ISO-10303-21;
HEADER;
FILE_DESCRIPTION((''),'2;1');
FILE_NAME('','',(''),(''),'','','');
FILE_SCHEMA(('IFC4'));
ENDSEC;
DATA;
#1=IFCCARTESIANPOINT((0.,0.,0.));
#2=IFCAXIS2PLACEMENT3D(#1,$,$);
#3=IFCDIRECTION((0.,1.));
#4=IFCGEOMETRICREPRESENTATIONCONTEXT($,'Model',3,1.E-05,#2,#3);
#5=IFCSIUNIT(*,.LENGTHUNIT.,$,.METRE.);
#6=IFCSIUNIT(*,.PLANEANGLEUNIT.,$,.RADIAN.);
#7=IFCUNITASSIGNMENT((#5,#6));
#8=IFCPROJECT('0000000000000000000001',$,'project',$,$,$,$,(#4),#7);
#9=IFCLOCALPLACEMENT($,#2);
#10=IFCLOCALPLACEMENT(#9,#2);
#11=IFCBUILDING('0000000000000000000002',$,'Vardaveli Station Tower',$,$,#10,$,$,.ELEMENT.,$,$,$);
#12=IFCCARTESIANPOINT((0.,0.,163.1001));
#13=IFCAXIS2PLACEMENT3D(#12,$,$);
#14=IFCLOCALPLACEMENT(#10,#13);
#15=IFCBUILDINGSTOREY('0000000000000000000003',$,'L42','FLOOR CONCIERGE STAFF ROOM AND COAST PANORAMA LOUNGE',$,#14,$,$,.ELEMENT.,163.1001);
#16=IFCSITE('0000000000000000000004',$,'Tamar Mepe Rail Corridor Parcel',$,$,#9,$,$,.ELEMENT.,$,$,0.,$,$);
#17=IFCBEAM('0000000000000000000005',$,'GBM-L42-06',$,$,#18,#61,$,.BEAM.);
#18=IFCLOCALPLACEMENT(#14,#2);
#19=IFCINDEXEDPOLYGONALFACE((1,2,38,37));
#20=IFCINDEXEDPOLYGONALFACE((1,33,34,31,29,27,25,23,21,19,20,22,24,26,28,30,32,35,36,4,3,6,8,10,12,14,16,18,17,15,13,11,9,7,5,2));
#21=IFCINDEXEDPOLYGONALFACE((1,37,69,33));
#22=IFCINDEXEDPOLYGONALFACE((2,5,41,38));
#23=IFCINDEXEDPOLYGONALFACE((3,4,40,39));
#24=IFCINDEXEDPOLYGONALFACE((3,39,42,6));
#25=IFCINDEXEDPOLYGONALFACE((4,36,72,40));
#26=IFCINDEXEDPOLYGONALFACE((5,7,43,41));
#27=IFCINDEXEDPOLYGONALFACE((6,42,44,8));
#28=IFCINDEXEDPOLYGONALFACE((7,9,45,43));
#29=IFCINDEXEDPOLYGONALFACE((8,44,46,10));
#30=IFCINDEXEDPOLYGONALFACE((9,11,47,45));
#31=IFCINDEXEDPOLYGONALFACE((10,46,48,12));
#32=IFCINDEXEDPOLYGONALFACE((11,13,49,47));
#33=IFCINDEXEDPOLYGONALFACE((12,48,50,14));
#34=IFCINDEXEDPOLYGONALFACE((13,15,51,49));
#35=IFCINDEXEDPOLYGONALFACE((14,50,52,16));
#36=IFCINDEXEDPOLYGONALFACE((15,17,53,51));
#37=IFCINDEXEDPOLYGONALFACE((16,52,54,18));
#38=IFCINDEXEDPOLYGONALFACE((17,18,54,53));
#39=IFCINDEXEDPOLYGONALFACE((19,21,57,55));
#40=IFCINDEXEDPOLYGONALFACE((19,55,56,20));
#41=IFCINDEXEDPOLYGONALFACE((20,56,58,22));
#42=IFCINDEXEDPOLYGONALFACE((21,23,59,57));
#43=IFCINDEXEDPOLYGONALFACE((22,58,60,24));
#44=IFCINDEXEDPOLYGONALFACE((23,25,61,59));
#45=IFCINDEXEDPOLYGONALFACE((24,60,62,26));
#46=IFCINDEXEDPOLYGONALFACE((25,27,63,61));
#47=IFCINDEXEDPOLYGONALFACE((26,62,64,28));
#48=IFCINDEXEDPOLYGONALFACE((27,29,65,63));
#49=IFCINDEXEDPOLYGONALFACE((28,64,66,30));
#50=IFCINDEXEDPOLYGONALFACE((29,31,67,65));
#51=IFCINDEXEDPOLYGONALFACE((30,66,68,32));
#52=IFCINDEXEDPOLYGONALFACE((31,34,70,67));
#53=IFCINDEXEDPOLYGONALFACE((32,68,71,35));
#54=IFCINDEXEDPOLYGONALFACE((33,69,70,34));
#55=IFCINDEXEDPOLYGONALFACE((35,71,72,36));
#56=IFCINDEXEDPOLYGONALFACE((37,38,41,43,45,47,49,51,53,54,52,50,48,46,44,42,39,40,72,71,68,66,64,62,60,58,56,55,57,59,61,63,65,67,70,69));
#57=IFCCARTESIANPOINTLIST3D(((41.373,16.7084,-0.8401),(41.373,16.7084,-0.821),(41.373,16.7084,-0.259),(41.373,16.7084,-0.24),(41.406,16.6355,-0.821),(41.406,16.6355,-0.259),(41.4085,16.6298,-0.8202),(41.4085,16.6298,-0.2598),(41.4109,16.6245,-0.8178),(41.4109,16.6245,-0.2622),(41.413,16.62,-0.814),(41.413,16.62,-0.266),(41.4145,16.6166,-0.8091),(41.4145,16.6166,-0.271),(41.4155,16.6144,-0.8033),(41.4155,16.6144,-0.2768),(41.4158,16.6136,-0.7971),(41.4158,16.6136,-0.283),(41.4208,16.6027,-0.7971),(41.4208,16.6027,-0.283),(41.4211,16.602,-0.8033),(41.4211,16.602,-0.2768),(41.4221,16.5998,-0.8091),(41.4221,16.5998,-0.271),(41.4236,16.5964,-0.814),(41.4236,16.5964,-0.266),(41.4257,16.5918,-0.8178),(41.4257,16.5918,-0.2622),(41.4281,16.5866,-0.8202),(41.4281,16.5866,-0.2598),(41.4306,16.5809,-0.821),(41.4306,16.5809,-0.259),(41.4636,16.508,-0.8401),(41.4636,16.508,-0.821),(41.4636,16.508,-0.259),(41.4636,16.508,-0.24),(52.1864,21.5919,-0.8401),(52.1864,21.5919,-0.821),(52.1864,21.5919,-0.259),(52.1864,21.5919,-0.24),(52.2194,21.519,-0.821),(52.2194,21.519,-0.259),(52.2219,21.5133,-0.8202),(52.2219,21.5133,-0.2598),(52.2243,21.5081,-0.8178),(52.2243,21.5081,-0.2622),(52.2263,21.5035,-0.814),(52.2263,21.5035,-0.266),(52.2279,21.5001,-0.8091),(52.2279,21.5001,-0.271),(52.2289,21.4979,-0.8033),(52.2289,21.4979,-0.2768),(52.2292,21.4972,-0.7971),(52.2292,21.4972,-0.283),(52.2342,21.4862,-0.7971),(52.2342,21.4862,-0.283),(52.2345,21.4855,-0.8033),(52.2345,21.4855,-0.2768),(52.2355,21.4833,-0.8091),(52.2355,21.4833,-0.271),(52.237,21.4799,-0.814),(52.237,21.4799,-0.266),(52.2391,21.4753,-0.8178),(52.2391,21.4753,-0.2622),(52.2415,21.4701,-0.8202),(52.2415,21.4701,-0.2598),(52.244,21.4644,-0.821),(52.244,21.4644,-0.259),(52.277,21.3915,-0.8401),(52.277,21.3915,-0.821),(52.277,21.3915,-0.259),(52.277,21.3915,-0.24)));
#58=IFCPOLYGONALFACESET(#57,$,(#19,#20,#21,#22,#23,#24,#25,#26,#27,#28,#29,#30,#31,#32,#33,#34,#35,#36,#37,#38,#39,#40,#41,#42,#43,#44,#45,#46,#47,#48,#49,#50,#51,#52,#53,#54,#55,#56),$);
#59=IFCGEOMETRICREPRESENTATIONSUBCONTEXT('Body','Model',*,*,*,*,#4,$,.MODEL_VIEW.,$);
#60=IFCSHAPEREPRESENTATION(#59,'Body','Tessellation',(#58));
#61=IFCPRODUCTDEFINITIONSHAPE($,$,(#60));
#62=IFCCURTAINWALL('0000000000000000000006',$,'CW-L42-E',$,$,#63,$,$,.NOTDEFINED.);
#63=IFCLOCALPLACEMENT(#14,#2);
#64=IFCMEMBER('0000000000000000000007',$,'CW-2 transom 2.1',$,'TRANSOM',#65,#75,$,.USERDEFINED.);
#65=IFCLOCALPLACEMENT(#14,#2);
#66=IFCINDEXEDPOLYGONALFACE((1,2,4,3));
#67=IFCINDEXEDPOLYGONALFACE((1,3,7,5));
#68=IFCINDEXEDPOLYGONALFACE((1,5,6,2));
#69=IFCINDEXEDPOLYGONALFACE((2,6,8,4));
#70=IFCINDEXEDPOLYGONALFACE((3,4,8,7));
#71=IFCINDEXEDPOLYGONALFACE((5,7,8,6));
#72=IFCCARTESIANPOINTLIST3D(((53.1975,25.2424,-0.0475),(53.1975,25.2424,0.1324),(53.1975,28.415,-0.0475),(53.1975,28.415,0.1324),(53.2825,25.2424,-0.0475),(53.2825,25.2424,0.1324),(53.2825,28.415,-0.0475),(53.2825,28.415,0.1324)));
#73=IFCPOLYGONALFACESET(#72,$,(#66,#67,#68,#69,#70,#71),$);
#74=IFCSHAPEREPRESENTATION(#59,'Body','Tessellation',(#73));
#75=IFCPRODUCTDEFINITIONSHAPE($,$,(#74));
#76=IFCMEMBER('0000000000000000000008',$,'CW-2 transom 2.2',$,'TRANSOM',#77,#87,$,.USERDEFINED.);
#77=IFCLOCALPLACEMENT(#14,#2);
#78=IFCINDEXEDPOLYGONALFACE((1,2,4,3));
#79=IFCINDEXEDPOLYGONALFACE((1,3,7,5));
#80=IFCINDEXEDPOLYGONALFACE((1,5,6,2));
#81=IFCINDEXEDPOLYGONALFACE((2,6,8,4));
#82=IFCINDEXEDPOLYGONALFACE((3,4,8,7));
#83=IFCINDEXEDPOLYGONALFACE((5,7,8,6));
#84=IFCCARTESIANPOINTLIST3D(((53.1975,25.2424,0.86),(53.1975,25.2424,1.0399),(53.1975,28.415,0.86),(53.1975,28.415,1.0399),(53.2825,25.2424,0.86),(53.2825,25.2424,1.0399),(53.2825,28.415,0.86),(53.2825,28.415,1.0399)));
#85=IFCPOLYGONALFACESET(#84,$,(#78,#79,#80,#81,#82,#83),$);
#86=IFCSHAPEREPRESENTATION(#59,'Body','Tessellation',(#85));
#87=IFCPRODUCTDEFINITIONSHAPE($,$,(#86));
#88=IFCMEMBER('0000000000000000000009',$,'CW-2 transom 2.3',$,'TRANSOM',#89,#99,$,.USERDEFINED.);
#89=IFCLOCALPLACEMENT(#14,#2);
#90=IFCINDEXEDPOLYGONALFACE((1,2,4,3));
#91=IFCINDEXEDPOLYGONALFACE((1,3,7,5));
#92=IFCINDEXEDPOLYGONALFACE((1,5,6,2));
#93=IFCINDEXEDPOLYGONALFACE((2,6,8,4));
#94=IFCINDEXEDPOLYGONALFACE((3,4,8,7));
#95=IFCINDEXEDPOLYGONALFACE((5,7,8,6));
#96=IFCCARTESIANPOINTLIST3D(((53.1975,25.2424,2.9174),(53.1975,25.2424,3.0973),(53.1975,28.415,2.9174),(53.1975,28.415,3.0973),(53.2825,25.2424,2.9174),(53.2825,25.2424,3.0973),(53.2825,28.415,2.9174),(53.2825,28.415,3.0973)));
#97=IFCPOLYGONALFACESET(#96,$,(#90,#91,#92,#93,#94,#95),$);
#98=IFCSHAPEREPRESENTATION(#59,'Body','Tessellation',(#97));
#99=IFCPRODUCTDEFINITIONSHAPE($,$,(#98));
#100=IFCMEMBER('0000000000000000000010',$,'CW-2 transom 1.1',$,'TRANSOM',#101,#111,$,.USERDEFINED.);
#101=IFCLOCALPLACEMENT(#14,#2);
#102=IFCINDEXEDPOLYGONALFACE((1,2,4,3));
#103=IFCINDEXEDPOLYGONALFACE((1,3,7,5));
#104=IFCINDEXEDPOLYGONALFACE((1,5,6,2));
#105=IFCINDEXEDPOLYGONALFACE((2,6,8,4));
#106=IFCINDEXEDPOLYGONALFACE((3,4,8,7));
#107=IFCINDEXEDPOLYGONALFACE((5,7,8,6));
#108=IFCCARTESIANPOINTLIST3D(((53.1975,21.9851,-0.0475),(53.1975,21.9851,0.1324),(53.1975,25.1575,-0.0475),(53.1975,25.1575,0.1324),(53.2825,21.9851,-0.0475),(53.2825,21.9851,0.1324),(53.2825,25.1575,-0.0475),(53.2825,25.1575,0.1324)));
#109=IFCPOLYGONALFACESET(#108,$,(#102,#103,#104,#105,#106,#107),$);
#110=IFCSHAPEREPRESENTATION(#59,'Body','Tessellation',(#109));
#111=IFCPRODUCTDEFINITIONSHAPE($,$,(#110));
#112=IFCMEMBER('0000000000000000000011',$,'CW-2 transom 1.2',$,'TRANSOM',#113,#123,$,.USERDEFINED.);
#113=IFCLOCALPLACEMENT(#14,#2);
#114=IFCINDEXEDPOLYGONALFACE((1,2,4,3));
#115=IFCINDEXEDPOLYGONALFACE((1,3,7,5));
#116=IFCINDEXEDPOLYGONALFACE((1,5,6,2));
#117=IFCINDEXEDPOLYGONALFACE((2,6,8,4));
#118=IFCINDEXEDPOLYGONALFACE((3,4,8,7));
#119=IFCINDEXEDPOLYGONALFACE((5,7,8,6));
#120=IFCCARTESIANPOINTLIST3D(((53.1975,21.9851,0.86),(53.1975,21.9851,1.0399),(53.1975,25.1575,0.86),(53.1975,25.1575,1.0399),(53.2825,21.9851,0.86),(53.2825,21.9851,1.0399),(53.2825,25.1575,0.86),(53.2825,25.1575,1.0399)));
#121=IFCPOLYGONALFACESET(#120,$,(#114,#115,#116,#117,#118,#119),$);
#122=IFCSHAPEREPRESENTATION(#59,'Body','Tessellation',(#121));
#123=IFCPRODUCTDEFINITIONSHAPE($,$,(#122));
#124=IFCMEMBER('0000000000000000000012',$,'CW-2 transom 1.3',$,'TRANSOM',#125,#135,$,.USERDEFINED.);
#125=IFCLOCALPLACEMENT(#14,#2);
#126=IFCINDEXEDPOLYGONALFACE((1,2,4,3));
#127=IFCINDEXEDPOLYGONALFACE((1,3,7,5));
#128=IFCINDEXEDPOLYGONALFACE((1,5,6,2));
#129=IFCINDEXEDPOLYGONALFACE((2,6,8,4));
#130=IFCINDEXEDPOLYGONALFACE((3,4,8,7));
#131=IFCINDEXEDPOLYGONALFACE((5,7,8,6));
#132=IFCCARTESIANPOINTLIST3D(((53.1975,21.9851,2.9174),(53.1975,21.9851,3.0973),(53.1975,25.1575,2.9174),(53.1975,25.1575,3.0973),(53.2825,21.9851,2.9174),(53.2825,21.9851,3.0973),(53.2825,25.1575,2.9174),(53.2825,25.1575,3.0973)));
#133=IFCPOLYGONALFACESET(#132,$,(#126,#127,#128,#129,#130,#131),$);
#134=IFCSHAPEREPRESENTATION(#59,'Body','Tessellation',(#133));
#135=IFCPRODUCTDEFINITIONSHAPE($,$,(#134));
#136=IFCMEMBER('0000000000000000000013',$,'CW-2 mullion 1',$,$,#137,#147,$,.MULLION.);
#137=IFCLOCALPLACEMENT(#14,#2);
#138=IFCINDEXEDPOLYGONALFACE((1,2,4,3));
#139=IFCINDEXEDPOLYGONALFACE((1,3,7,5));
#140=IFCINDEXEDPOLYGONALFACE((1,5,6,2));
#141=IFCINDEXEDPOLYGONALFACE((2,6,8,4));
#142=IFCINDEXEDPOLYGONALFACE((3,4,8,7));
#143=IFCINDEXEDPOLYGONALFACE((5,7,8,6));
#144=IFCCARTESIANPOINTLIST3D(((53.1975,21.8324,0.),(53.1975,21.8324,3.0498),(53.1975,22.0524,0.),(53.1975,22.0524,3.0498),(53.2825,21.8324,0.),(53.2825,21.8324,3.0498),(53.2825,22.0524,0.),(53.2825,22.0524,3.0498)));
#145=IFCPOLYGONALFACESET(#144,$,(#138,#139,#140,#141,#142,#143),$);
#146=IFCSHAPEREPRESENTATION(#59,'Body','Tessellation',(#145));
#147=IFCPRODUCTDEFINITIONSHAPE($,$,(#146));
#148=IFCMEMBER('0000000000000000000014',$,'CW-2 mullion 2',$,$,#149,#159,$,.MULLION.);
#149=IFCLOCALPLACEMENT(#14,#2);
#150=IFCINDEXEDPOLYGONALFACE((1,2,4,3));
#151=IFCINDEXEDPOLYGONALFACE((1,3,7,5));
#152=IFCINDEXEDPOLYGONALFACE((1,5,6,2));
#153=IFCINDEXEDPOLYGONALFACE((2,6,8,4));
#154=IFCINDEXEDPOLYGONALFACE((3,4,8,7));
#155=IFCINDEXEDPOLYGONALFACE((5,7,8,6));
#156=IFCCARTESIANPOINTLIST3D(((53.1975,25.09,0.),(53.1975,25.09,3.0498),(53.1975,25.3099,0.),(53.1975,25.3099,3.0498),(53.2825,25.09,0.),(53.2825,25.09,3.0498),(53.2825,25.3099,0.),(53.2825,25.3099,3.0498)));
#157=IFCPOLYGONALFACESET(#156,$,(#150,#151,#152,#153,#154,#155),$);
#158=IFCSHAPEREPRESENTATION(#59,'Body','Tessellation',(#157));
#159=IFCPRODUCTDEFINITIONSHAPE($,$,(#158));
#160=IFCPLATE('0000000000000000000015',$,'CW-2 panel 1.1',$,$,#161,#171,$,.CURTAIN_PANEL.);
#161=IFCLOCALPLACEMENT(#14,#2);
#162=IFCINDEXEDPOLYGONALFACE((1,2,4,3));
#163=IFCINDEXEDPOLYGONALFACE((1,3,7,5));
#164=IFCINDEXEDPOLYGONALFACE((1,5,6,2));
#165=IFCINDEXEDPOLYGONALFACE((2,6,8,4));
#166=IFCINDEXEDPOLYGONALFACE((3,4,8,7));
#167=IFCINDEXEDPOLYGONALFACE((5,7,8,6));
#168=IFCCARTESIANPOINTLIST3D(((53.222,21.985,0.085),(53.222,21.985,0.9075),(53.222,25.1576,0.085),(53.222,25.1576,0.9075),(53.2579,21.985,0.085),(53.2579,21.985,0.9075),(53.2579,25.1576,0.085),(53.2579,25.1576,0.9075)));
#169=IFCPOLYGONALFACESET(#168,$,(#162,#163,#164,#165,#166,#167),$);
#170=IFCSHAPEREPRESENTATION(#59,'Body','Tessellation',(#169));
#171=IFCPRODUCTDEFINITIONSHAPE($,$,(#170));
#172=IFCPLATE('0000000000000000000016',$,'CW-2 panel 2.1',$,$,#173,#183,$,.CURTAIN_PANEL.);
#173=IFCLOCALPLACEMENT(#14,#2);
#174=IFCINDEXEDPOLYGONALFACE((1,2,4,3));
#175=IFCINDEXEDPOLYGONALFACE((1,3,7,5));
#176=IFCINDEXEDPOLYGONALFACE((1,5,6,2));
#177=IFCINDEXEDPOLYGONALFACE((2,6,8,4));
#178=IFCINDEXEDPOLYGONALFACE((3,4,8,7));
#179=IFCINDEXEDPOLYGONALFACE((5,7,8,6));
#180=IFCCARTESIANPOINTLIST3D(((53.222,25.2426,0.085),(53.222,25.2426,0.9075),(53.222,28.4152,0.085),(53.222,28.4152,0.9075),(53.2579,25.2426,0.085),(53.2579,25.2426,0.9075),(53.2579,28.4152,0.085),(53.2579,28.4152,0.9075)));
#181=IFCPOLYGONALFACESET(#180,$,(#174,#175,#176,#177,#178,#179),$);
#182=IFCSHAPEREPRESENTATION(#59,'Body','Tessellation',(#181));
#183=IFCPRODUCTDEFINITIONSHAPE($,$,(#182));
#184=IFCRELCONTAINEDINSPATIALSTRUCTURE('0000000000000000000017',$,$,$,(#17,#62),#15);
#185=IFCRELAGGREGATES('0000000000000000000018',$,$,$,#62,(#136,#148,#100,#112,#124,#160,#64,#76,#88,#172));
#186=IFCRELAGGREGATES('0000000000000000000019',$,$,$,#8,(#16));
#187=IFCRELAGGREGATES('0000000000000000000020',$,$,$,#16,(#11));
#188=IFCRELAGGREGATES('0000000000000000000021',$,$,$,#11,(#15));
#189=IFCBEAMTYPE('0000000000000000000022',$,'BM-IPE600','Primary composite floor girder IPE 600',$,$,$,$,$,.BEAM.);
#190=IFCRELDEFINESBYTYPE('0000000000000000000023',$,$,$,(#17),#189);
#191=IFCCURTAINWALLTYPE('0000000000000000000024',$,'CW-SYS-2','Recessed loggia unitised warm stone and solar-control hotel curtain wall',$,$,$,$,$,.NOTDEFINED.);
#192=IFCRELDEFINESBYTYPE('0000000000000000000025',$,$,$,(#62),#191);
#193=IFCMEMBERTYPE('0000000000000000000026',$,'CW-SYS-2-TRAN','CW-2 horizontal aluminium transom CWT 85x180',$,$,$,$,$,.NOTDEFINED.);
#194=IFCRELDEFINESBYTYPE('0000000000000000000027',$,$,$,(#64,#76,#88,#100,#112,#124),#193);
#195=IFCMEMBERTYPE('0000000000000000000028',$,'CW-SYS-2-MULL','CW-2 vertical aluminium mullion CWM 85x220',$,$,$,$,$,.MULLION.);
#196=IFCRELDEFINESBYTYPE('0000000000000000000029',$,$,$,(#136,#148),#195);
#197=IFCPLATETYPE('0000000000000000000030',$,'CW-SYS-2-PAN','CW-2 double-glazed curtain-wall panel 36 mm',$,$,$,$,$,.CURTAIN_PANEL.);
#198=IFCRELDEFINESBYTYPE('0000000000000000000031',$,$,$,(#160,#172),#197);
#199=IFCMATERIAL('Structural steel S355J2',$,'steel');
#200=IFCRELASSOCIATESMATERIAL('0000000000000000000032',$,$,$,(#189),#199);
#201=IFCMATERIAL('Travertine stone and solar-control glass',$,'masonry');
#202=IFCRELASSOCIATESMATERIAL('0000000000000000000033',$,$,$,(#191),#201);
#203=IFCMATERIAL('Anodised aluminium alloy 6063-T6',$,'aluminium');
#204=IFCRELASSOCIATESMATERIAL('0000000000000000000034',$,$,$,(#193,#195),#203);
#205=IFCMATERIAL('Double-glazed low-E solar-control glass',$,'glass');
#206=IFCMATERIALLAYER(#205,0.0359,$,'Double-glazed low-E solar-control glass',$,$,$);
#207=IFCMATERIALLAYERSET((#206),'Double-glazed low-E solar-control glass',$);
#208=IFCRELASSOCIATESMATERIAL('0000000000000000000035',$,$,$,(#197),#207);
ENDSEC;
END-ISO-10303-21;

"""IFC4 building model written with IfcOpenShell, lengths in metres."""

from ifc_helpers import new_model, si_unit, direction, frame, origin, origin_2d, place, context, subcontext, project, spatial, rectangle, i_section, extrude, source, transform, mapped, material, layer, layer_set, material_profile, profile_set, type_object, element, aggregate, save


model = new_model("IFC4")

# Units and contexts
model_context = context("Model", 3, precision=1e-05, world=origin(), true_north=direction((0.0, 1.0)))
body_context = subcontext(model_context, "Body", "Model", "MODEL_VIEW")
ifc_project = project(units=[si_unit("LENGTHUNIT", "METRE"), si_unit("PLANEANGLEUNIT", "RADIAN")], contexts=[model_context])

# Site, building, storey
site_placement = place(None, origin())
site = spatial("IfcSite", under=ifc_project, at=site_placement, Name="Tamar Mepe Rail Corridor Parcel", CompositionType="ELEMENT", RefElevation=0.0)
building_placement = place(site_placement, origin())
building = spatial("IfcBuilding", under=site, at=building_placement, Name="Vardaveli Station Tower", CompositionType="ELEMENT")
storey_placement = place(building_placement, frame((0.0, 0.0, 163.1001)))
storey = spatial("IfcBuildingStorey", under=building, at=storey_placement, Name="L42", Description="FLOOR CONCIERGE STAFF ROOM AND COAST PANORAMA LOUNGE", CompositionType="ELEMENT", Elevation=163.1001)

# Beam
ifc_material_1 = material(Name="Structural steel S355J2", Category="steel")
ifc_material_profile_1 = material_profile(ifc_material_1, i_section(OverallWidth=0.22, OverallDepth=0.6001, WebThickness=0.012, FlangeThickness=0.019, FilletRadius=0.0239, at=origin_2d()), Name="IPE 600")
ifc_profile_set_1 = profile_set([ifc_material_profile_1], Name="Structural steel S355J2")
beam_type_1 = type_object("IfcBeamType", Name="BM-IPE600", Description="Primary composite floor girder IPE 600", PredefinedType="BEAM", material=ifc_profile_set_1)
shared_shape_1 = source(origin(), body_context, "Body", "SweptSolid", [
    extrude(i_section(OverallWidth=0.22, OverallDepth=0.6001, WebThickness=0.012, FlangeThickness=0.019, FilletRadius=0.0239, at=origin_2d()), origin(), (0.0, 0.0, 1.0), 11.865),
])
beam_1_placement = place(storey_placement, frame((52.2317, 21.4917, -0.54), z_axis=(-0.911369, -0.411589, 0.0), x_axis=(0.411589, -0.911369, 0.0)))
element("IfcBeam", 1, at=beam_1_placement, inside=storey, type_object=beam_type_1, Name="GBM-L42-06", PredefinedType="BEAM", context=body_context, shape_type="MappedRepresentation", body=[
    mapped(shared_shape_1, transform((0.0, 0.0, 0.0), scale=1.0)),
])

# Curtain wall, members, plates
ifc_material_2 = material(Name="Travertine stone and solar-control glass", Category="masonry")
curtain_wall_type = type_object("IfcCurtainWallType", Name="CW-SYS-2", Description="Recessed loggia unitised warm stone and solar-control hotel curtain wall", PredefinedType="NOTDEFINED", material=ifc_material_2)
curtain_wall_placement = place(storey_placement, origin())
curtain_wall = element("IfcCurtainWall", 2, at=curtain_wall_placement, inside=storey, type_object=curtain_wall_type, Name="CW-L42-E", PredefinedType="NOTDEFINED")
ifc_material_3 = material(Name="Anodised aluminium alloy 6063-T6", Category="aluminium")
ifc_material_profile_2 = material_profile(ifc_material_3, rectangle(XDim=0.085, YDim=0.1799, at=origin_2d()), Name="CWT 85x180")
ifc_profile_set_2 = profile_set([ifc_material_profile_2], Name="Anodised aluminium alloy 6063-T6")
member_type_1 = type_object("IfcMemberType", Name="CW-SYS-2-TRAN", Description="CW-2 horizontal aluminium transom CWT 85x180", PredefinedType="NOTDEFINED", material=ifc_profile_set_2)
shared_shape_2 = source(origin(), body_context, "Body", "SweptSolid", [
    extrude(rectangle(XDim=0.085, YDim=0.1799, at=origin_2d()), origin(), (0.0, 0.0, 1.0), 3.1726),
])
member_1_placement = place(storey_placement, frame((53.24, 25.2424, 0.0425), z_axis=(0.0, 1.0, 0.0), x_axis=(-1.0, 0.0, 0.0)))
member_1 = element("IfcMember", 3, at=member_1_placement, type_object=member_type_1, Name="CW-2 transom 2.1", ObjectType="TRANSOM", PredefinedType="USERDEFINED", context=body_context, shape_type="MappedRepresentation", body=[
    mapped(shared_shape_2, transform((0.0, 0.0, 0.0), scale=1.0)),
])
member_2_placement = place(storey_placement, frame((53.24, 25.2424, 0.95), z_axis=(0.0, 1.0, 0.0), x_axis=(-1.0, 0.0, 0.0)))
member_2 = element("IfcMember", 4, at=member_2_placement, type_object=member_type_1, Name="CW-2 transom 2.2", ObjectType="TRANSOM", PredefinedType="USERDEFINED", context=body_context, shape_type="MappedRepresentation", body=[
    mapped(shared_shape_2, transform((0.0, 0.0, 0.0), scale=1.0)),
])
member_3_placement = place(storey_placement, frame((53.24, 25.2424, 3.0073), z_axis=(0.0, 1.0, 0.0), x_axis=(-1.0, 0.0, 0.0)))
member_3 = element("IfcMember", 5, at=member_3_placement, type_object=member_type_1, Name="CW-2 transom 2.3", ObjectType="TRANSOM", PredefinedType="USERDEFINED", context=body_context, shape_type="MappedRepresentation", body=[
    mapped(shared_shape_2, transform((0.0, 0.0, 0.0), scale=1.0)),
])
shared_shape_3 = source(origin(), body_context, "Body", "SweptSolid", [
    extrude(rectangle(XDim=0.085, YDim=0.1799, at=origin_2d()), origin(), (0.0, 0.0, 1.0), 3.1724),
])
member_4_placement = place(storey_placement, frame((53.24, 21.9851, 0.0425), z_axis=(0.0, 1.0, 0.0), x_axis=(-1.0, 0.0, 0.0)))
member_4 = element("IfcMember", 6, at=member_4_placement, type_object=member_type_1, Name="CW-2 transom 1.1", ObjectType="TRANSOM", PredefinedType="USERDEFINED", context=body_context, shape_type="MappedRepresentation", body=[
    mapped(shared_shape_3, transform((0.0, 0.0, 0.0), scale=1.0)),
])
member_5_placement = place(storey_placement, frame((53.24, 21.9851, 0.95), z_axis=(0.0, 1.0, 0.0), x_axis=(-1.0, 0.0, 0.0)))
member_5 = element("IfcMember", 7, at=member_5_placement, type_object=member_type_1, Name="CW-2 transom 1.2", ObjectType="TRANSOM", PredefinedType="USERDEFINED", context=body_context, shape_type="MappedRepresentation", body=[
    mapped(shared_shape_3, transform((0.0, 0.0, 0.0), scale=1.0)),
])
member_6_placement = place(storey_placement, frame((53.24, 21.9851, 3.0073), z_axis=(0.0, 1.0, 0.0), x_axis=(-1.0, 0.0, 0.0)))
member_6 = element("IfcMember", 8, at=member_6_placement, type_object=member_type_1, Name="CW-2 transom 1.3", ObjectType="TRANSOM", PredefinedType="USERDEFINED", context=body_context, shape_type="MappedRepresentation", body=[
    mapped(shared_shape_3, transform((0.0, 0.0, 0.0), scale=1.0)),
])
ifc_material_profile_3 = material_profile(ifc_material_3, rectangle(XDim=0.085, YDim=0.22, at=origin_2d()), Name="CWM 85x220")
ifc_profile_set_3 = profile_set([ifc_material_profile_3], Name="Anodised aluminium alloy 6063-T6")
member_type_2 = type_object("IfcMemberType", Name="CW-SYS-2-MULL", Description="CW-2 vertical aluminium mullion CWM 85x220", PredefinedType="MULLION", material=ifc_profile_set_3)
shared_shape_4 = source(origin(), body_context, "Body", "SweptSolid", [
    extrude(rectangle(XDim=0.085, YDim=0.22, at=origin_2d()), origin(), (0.0, 0.0, 1.0), 3.0498),
])
member_7_placement = place(storey_placement, frame((53.24, 21.9424, 0.0), z_axis=(0.0, 0.0, 1.0), x_axis=(-1.0, 0.0, 0.0)))
member_7 = element("IfcMember", 9, at=member_7_placement, type_object=member_type_2, Name="CW-2 mullion 1", PredefinedType="MULLION", context=body_context, shape_type="MappedRepresentation", body=[
    mapped(shared_shape_4, transform((0.0, 0.0, 0.0), scale=1.0)),
])
member_8_placement = place(storey_placement, frame((53.24, 25.2, 0.0), z_axis=(0.0, 0.0, 1.0), x_axis=(-1.0, 0.0, 0.0)))
member_8 = element("IfcMember", 10, at=member_8_placement, type_object=member_type_2, Name="CW-2 mullion 2", PredefinedType="MULLION", context=body_context, shape_type="MappedRepresentation", body=[
    mapped(shared_shape_4, transform((0.0, 0.0, 0.0), scale=1.0)),
])
ifc_material_4 = material(Name="Double-glazed low-E solar-control glass", Category="glass")
ifc_layer_1 = layer(ifc_material_4, 0.0359, Name="Double-glazed low-E solar-control glass")
ifc_layer_set_1 = layer_set([ifc_layer_1], Name="Double-glazed low-E solar-control glass")
plate_type = type_object("IfcPlateType", Name="CW-SYS-2-PAN", Description="CW-2 double-glazed curtain-wall panel 36 mm", PredefinedType="CURTAIN_PANEL", material=ifc_layer_set_1)
shared_shape_5 = source(origin(), body_context, "Body", "SweptSolid", [
    extrude(rectangle(XDim=3.1726, YDim=0.0359, at=origin_2d()), origin(), (0.0, 0.0, 1.0), 0.8225),
])
plate_1_placement = place(storey_placement, frame((53.24, 23.5713, 0.085), z_axis=(0.0, 0.0, 1.0), x_axis=(0.0, 1.0, 0.0)))
plate_1 = element("IfcPlate", 11, at=plate_1_placement, type_object=plate_type, Name="CW-2 panel 1.1", PredefinedType="CURTAIN_PANEL", context=body_context, shape_type="MappedRepresentation", body=[
    mapped(shared_shape_5, transform((0.0, 0.0, 0.0), scale=1.0)),
])
plate_2_placement = place(storey_placement, frame((53.24, 26.8289, 0.085), z_axis=(0.0, 0.0, 1.0), x_axis=(0.0, 1.0, 0.0)))
plate_2 = element("IfcPlate", 12, at=plate_2_placement, type_object=plate_type, Name="CW-2 panel 2.1", PredefinedType="CURTAIN_PANEL", context=body_context, shape_type="MappedRepresentation", body=[
    mapped(shared_shape_5, transform((0.0, 0.0, 0.0), scale=1.0)),
])
aggregate(curtain_wall, [member_7, member_8, member_4, member_5, member_6, plate_1, member_1, member_2, member_3, plate_2])

save(model, "model.ifc")
